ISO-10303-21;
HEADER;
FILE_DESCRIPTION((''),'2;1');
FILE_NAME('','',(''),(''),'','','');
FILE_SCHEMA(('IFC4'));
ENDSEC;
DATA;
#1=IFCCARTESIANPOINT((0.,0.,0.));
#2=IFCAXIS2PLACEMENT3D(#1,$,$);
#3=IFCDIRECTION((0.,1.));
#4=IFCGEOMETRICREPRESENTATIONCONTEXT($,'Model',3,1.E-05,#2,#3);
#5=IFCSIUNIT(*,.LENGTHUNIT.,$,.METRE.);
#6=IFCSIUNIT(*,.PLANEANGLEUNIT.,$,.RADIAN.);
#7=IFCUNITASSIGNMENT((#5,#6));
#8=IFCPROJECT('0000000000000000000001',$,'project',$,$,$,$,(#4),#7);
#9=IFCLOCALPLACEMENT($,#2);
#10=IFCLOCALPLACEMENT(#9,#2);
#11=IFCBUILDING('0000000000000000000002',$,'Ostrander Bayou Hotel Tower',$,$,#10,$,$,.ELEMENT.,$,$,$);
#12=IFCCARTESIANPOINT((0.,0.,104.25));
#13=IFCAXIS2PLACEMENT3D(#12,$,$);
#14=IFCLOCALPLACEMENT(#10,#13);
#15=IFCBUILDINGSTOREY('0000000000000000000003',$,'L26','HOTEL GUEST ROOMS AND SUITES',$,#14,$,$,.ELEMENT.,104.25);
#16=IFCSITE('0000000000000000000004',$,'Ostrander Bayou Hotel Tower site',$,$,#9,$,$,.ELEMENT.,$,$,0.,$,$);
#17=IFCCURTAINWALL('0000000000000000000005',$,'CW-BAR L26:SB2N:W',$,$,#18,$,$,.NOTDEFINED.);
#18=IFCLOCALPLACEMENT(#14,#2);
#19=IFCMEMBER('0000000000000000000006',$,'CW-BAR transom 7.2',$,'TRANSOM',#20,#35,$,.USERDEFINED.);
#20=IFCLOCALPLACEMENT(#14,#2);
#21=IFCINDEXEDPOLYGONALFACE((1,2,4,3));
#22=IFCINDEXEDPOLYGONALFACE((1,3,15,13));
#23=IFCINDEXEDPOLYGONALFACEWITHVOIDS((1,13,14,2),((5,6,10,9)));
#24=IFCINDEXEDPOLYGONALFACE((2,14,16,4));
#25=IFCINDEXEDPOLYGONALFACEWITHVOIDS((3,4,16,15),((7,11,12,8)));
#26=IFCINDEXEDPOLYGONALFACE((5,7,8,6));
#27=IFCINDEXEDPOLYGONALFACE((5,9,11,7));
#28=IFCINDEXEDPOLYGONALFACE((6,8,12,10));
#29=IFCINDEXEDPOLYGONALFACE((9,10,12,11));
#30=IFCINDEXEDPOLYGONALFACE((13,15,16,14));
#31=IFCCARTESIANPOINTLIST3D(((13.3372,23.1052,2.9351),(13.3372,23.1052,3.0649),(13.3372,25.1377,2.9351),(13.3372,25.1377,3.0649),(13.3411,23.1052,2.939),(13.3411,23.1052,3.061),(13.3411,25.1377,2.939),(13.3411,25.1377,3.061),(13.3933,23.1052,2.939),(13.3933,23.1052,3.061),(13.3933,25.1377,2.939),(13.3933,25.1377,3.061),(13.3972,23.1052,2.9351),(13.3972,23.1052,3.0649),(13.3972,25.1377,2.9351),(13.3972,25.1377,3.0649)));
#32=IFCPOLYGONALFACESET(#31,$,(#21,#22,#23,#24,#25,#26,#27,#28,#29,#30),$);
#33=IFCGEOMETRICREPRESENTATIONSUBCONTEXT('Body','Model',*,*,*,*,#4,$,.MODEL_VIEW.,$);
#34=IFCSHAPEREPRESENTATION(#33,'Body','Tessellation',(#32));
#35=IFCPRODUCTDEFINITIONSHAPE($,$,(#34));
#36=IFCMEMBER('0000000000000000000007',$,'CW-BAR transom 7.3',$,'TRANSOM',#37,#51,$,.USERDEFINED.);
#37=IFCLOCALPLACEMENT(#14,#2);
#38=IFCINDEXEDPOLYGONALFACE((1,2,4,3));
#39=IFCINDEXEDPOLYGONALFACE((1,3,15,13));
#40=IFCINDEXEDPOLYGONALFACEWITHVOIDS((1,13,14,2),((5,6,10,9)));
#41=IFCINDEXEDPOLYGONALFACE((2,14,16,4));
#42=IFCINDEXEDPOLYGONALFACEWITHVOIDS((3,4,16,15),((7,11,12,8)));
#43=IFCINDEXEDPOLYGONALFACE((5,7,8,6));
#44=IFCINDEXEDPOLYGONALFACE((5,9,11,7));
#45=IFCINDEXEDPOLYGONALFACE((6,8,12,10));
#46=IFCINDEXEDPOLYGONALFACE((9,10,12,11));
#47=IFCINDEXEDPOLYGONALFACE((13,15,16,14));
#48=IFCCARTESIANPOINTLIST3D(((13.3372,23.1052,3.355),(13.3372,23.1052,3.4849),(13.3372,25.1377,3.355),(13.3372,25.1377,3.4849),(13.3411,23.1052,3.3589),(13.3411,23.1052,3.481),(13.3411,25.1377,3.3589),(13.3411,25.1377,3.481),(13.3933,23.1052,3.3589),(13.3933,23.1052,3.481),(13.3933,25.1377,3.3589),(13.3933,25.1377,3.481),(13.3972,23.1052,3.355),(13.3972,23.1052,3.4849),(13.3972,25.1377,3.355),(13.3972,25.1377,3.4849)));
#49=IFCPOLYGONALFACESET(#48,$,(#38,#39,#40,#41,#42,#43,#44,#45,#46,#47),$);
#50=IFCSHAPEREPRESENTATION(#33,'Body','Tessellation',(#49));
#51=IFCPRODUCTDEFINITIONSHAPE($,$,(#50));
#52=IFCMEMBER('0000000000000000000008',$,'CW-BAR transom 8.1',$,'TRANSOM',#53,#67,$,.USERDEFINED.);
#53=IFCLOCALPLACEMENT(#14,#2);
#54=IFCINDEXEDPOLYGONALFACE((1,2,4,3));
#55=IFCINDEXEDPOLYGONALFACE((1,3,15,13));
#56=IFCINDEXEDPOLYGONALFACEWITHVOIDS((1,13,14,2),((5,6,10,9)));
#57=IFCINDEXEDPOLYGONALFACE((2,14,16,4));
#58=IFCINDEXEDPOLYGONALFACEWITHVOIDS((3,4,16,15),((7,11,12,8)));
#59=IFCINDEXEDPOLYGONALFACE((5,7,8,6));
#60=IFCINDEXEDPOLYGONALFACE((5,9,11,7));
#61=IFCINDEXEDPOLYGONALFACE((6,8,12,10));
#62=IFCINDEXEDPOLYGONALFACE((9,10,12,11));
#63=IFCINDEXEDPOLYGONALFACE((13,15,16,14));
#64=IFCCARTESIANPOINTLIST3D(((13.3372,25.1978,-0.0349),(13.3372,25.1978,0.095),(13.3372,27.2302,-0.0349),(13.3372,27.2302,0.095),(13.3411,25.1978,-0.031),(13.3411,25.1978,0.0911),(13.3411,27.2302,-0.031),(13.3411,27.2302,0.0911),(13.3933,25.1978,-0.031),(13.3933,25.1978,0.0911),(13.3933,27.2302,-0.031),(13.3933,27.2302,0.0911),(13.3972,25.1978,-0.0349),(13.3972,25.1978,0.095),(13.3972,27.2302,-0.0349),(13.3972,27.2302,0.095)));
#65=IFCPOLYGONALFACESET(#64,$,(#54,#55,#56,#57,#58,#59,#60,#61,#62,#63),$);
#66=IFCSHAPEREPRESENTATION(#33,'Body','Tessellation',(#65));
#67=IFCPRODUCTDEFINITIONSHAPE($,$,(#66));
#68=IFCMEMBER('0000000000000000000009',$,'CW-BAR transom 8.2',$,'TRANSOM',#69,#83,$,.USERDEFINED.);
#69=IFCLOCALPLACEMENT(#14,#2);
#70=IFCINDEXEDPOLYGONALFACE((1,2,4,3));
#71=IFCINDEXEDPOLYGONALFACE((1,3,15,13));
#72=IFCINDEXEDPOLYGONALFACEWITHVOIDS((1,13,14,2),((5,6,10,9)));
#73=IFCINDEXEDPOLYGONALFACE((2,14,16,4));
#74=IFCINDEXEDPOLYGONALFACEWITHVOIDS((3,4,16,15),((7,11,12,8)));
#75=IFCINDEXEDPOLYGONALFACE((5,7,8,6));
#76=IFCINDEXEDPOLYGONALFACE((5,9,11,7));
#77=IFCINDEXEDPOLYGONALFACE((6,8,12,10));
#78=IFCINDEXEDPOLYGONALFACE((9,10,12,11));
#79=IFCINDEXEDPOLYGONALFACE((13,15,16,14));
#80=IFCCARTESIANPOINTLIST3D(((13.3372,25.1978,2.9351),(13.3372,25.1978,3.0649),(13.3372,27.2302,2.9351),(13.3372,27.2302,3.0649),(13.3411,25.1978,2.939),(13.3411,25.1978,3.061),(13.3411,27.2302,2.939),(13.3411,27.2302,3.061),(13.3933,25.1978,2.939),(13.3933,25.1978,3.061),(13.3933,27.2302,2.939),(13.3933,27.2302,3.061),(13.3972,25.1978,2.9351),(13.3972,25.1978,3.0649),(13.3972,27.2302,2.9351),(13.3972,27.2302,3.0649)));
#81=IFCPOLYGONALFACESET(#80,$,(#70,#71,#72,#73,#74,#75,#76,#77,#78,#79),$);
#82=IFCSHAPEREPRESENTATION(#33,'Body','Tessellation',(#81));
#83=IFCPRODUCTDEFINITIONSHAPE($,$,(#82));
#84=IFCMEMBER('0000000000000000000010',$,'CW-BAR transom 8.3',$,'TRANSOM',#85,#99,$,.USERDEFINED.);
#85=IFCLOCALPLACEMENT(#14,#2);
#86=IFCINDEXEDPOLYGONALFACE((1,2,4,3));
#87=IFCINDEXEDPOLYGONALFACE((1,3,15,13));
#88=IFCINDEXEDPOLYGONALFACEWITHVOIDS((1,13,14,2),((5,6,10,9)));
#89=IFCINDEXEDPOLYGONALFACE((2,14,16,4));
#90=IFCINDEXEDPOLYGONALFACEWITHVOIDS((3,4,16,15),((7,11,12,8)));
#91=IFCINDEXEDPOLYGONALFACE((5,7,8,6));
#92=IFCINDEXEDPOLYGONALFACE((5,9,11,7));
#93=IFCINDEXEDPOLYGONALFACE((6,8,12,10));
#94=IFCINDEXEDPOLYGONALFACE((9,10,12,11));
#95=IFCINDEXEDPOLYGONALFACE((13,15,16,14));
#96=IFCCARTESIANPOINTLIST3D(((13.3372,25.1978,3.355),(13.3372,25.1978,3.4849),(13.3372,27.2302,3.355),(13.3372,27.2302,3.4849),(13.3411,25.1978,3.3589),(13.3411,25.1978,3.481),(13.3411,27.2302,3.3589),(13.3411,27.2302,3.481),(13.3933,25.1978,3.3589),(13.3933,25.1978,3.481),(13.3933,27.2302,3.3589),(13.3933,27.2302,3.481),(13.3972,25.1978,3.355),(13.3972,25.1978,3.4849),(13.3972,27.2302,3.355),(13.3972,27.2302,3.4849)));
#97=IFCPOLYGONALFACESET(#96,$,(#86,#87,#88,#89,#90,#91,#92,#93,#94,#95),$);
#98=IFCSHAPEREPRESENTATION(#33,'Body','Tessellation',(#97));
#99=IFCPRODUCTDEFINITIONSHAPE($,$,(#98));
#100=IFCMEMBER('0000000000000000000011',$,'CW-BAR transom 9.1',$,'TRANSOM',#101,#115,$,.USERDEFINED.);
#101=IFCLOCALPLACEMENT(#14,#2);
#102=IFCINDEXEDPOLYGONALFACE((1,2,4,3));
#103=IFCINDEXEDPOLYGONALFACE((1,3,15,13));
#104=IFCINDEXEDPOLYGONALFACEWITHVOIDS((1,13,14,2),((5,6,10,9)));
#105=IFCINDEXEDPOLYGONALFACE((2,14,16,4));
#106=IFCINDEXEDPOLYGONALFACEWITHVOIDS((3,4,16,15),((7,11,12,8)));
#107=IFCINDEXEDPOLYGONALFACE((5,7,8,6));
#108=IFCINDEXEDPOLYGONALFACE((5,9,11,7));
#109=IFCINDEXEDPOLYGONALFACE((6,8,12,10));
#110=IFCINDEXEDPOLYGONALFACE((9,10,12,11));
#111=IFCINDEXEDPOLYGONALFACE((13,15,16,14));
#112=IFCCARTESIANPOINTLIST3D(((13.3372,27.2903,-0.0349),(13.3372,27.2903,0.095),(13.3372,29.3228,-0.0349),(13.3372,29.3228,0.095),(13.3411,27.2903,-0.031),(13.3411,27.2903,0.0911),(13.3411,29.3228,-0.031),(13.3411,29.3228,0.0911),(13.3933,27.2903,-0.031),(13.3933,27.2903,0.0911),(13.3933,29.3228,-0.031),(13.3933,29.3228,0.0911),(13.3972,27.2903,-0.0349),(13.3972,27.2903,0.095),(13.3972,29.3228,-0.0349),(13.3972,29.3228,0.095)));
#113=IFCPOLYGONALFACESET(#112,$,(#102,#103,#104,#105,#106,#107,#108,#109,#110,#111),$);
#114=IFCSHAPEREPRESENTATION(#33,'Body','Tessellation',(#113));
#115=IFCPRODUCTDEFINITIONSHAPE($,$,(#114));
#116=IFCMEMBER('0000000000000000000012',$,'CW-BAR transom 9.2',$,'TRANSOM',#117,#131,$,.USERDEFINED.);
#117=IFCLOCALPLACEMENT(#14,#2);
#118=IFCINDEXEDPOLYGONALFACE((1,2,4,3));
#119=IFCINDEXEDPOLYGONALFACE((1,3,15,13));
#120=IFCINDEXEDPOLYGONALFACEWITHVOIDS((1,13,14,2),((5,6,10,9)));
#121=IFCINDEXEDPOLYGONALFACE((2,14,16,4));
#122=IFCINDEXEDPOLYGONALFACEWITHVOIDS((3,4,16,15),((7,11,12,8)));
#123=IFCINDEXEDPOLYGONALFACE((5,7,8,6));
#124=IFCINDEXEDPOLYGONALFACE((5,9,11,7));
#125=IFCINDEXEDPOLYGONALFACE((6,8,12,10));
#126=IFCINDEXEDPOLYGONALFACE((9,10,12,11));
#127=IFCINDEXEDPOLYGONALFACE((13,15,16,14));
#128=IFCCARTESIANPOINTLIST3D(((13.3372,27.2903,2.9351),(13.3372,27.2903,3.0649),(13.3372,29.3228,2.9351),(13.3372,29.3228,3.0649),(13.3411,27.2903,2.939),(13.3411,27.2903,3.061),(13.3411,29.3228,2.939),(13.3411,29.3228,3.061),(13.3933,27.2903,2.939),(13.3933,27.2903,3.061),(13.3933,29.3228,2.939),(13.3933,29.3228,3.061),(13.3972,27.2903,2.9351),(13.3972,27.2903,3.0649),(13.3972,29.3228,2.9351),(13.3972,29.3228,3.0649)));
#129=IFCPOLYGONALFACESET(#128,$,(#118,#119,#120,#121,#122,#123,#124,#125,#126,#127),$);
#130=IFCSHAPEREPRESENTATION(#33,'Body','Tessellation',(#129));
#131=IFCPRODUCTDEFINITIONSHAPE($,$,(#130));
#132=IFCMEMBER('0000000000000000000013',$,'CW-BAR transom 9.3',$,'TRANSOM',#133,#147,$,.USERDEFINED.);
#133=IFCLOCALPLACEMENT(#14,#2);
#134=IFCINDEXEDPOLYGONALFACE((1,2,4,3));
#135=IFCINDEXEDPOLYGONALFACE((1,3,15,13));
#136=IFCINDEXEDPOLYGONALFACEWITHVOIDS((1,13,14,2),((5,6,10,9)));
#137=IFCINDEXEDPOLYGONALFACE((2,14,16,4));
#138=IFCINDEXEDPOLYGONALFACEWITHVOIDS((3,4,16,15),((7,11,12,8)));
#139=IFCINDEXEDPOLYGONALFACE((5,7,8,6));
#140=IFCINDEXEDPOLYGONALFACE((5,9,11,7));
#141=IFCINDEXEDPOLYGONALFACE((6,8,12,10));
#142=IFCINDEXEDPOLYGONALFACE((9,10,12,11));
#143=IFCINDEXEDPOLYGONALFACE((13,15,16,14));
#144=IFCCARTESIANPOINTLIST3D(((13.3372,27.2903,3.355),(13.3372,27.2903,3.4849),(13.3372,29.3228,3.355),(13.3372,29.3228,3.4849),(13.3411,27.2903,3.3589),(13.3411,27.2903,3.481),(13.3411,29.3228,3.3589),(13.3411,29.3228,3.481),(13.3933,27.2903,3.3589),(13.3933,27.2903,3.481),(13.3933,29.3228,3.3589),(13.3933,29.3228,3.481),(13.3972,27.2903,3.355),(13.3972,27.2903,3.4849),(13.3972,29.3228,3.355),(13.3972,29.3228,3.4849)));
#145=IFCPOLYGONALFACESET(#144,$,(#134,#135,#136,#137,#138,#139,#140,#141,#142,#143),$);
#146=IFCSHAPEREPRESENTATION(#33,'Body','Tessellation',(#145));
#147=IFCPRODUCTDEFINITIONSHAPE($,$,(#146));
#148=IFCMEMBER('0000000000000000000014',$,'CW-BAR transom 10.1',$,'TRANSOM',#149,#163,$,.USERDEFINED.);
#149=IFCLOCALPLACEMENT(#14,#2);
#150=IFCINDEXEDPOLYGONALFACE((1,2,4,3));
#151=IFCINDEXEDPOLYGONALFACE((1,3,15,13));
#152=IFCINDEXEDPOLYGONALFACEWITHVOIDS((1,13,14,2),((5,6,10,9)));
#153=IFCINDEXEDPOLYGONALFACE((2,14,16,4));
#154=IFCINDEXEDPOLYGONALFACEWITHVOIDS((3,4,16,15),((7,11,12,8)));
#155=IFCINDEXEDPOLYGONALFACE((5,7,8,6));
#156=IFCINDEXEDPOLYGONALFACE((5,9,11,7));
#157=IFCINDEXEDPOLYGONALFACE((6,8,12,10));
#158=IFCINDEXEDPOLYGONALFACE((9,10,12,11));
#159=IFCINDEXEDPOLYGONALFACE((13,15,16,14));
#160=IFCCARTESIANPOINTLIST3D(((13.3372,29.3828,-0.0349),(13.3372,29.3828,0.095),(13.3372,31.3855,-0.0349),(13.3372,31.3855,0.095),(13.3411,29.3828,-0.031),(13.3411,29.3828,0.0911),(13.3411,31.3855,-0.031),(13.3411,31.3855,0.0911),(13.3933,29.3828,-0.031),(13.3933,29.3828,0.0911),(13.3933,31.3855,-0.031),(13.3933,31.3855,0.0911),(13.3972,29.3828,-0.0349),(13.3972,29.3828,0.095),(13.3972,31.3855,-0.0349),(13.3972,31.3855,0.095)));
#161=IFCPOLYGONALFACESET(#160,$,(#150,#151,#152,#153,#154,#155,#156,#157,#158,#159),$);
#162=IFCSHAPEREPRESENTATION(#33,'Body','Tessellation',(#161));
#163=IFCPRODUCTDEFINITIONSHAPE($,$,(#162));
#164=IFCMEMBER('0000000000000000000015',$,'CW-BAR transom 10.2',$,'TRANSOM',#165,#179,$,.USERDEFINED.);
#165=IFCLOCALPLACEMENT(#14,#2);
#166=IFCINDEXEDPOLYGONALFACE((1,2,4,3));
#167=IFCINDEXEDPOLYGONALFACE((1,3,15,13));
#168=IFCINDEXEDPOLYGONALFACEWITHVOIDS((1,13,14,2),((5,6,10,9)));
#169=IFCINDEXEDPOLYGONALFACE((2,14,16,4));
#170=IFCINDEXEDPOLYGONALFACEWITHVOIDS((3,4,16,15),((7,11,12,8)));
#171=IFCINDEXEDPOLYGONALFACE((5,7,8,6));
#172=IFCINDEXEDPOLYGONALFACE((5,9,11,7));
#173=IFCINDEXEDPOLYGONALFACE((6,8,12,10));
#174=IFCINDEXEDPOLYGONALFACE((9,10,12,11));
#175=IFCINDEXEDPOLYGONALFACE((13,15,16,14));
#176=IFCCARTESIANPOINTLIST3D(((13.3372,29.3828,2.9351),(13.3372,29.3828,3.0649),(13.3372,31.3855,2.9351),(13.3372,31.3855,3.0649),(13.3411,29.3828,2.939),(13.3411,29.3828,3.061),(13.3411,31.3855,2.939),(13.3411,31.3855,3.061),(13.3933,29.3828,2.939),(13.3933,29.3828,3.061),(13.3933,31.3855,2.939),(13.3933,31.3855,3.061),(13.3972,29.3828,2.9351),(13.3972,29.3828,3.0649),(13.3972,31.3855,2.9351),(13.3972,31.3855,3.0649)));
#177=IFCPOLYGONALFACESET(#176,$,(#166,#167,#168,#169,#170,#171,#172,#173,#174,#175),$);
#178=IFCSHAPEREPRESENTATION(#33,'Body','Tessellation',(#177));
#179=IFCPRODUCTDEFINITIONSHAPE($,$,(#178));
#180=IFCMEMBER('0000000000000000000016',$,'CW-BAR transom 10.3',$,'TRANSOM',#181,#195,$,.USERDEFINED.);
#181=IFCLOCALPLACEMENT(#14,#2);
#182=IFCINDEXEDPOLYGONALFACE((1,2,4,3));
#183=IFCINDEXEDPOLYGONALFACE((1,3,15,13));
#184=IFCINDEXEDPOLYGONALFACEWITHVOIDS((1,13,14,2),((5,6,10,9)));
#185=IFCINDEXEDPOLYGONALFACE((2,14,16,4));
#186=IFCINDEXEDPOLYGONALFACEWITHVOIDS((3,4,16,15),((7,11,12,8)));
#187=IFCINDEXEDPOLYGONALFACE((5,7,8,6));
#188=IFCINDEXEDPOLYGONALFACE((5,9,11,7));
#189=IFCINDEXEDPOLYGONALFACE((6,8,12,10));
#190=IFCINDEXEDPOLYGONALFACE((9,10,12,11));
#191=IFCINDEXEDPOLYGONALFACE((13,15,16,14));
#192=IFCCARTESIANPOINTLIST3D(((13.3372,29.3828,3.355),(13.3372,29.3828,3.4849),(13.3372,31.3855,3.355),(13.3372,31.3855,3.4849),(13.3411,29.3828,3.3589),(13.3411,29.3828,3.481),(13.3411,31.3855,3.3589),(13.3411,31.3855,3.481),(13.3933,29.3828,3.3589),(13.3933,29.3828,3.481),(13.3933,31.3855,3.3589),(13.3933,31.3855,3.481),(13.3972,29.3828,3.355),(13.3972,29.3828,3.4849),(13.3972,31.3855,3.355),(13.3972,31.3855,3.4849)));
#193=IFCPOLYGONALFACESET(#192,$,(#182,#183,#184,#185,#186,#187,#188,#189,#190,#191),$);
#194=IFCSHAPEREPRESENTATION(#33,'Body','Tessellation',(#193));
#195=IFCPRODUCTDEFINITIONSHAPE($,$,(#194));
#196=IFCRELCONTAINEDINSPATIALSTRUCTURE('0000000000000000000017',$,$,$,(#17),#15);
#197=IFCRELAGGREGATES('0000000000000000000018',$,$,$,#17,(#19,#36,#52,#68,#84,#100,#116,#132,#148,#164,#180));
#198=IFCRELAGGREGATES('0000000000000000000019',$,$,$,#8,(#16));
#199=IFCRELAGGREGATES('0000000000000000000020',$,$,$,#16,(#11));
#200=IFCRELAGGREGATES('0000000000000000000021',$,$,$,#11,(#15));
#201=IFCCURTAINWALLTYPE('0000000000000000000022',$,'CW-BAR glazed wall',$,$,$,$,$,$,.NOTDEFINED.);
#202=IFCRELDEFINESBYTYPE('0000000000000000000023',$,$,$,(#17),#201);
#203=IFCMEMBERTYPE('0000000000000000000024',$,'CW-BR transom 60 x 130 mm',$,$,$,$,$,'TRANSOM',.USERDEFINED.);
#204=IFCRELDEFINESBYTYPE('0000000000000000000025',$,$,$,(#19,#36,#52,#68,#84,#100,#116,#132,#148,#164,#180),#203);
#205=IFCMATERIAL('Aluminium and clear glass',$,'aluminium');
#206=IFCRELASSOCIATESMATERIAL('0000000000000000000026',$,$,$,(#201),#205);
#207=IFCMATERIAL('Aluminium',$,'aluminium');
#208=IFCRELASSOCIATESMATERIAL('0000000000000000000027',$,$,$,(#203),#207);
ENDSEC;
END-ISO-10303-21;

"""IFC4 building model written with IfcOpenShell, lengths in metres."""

from ifc_helpers import new_model, si_unit, direction, frame, origin, origin_2d, place, context, subcontext, project, spatial, hollow_rectangle, extrude, material, material_profile, profile_set, type_object, element, aggregate, save


model = new_model("IFC4")

# Units and contexts
model_context = context("Model", 3, precision=1e-05, world=origin(), true_north=direction((0.0, 1.0)))
body_context = subcontext(model_context, "Body", "Model", "MODEL_VIEW")
ifc_project = project(units=[si_unit("LENGTHUNIT", "METRE"), si_unit("PLANEANGLEUNIT", "RADIAN")], contexts=[model_context])

# Site, building, storey
site_placement = place(None, origin())
site = spatial("IfcSite", under=ifc_project, at=site_placement, Name="Ostrander Bayou Hotel Tower site", CompositionType="ELEMENT", RefElevation=0.0)
building_placement = place(site_placement, origin())
building = spatial("IfcBuilding", under=site, at=building_placement, Name="Ostrander Bayou Hotel Tower", CompositionType="ELEMENT")
storey_placement = place(building_placement, frame((0.0, 0.0, 104.25)))
storey = spatial("IfcBuildingStorey", under=building, at=storey_placement, Name="L26", Description="HOTEL GUEST ROOMS AND SUITES", CompositionType="ELEMENT", Elevation=104.25)

# Shared definitions
ifc_material_1 = material(Name="Aluminium and clear glass", Category="aluminium")
curtain_wall_type = type_object("IfcCurtainWallType", Name="CW-BAR glazed wall", PredefinedType="NOTDEFINED", material=ifc_material_1)

# Curtain wall, members
curtain_wall_1_placement = place(storey_placement, origin())
curtain_wall_1 = element("IfcCurtainWall", 1, at=curtain_wall_1_placement, inside=storey, type_object=curtain_wall_type, Name="CW-BAR L26:SB2N:W", PredefinedType="NOTDEFINED")
ifc_material_2 = material(Name="Aluminium", Category="aluminium")
ifc_material_profile_1 = material_profile(ifc_material_2, hollow_rectangle(XDim=0.0601, YDim=0.1299, WallThickness=0.0039, at=origin_2d()))
ifc_profile_set_1 = profile_set([ifc_material_profile_1], Name="Aluminium")
member_type_1 = type_object("IfcMemberType", Name="CW-BR transom 60 x 130 mm", ElementType="TRANSOM", PredefinedType="USERDEFINED", material=ifc_profile_set_1)
member_1_placement = place(storey_placement, frame((13.3672, 23.1052, 3.0), z_axis=(0.0, 1.0, 0.0), x_axis=(-1.0, 0.0, 0.0)))
member_1 = element("IfcMember", 2, at=member_1_placement, type_object=member_type_1, Name="CW-BAR transom 7.2", ObjectType="TRANSOM", PredefinedType="USERDEFINED", context=body_context, shape_type="SweptSolid", body=[
    extrude(hollow_rectangle(XDim=0.0601, YDim=0.1299, WallThickness=0.0039, at=origin_2d()), origin(), (0.0, 0.0, 1.0), 2.0325),
])
member_2_placement = place(storey_placement, frame((13.3672, 23.1052, 3.4199), z_axis=(0.0, 1.0, 0.0), x_axis=(-1.0, 0.0, 0.0)))
member_2 = element("IfcMember", 3, at=member_2_placement, type_object=member_type_1, Name="CW-BAR transom 7.3", ObjectType="TRANSOM", PredefinedType="USERDEFINED", context=body_context, shape_type="SweptSolid", body=[
    extrude(hollow_rectangle(XDim=0.0601, YDim=0.1299, WallThickness=0.0039, at=origin_2d()), origin(), (0.0, 0.0, 1.0), 2.0325),
])
member_3_placement = place(storey_placement, frame((13.3672, 25.1978, 0.03), z_axis=(0.0, 1.0, 0.0), x_axis=(-1.0, 0.0, 0.0)))
member_3 = element("IfcMember", 4, at=member_3_placement, type_object=member_type_1, Name="CW-BAR transom 8.1", ObjectType="TRANSOM", PredefinedType="USERDEFINED", context=body_context, shape_type="SweptSolid", body=[
    extrude(hollow_rectangle(XDim=0.0601, YDim=0.1299, WallThickness=0.0039, at=origin_2d()), origin(), (0.0, 0.0, 1.0), 2.0325),
])
member_4_placement = place(storey_placement, frame((13.3672, 25.1978, 3.0), z_axis=(0.0, 1.0, 0.0), x_axis=(-1.0, 0.0, 0.0)))
member_4 = element("IfcMember", 5, at=member_4_placement, type_object=member_type_1, Name="CW-BAR transom 8.2", ObjectType="TRANSOM", PredefinedType="USERDEFINED", context=body_context, shape_type="SweptSolid", body=[
    extrude(hollow_rectangle(XDim=0.0601, YDim=0.1299, WallThickness=0.0039, at=origin_2d()), origin(), (0.0, 0.0, 1.0), 2.0325),
])
member_5_placement = place(storey_placement, frame((13.3672, 25.1978, 3.4199), z_axis=(0.0, 1.0, 0.0), x_axis=(-1.0, 0.0, 0.0)))
member_5 = element("IfcMember", 6, at=member_5_placement, type_object=member_type_1, Name="CW-BAR transom 8.3", ObjectType="TRANSOM", PredefinedType="USERDEFINED", context=body_context, shape_type="SweptSolid", body=[
    extrude(hollow_rectangle(XDim=0.0601, YDim=0.1299, WallThickness=0.0039, at=origin_2d()), origin(), (0.0, 0.0, 1.0), 2.0325),
])
member_6_placement = place(storey_placement, frame((13.3672, 27.2903, 0.03), z_axis=(0.0, 1.0, 0.0), x_axis=(-1.0, 0.0, 0.0)))
member_6 = element("IfcMember", 7, at=member_6_placement, type_object=member_type_1, Name="CW-BAR transom 9.1", ObjectType="TRANSOM", PredefinedType="USERDEFINED", context=body_context, shape_type="SweptSolid", body=[
    extrude(hollow_rectangle(XDim=0.0601, YDim=0.1299, WallThickness=0.0039, at=origin_2d()), origin(), (0.0, 0.0, 1.0), 2.0325),
])
member_7_placement = place(storey_placement, frame((13.3672, 27.2903, 3.0), z_axis=(0.0, 1.0, 0.0), x_axis=(-1.0, 0.0, 0.0)))
member_7 = element("IfcMember", 8, at=member_7_placement, type_object=member_type_1, Name="CW-BAR transom 9.2", ObjectType="TRANSOM", PredefinedType="USERDEFINED", context=body_context, shape_type="SweptSolid", body=[
    extrude(hollow_rectangle(XDim=0.0601, YDim=0.1299, WallThickness=0.0039, at=origin_2d()), origin(), (0.0, 0.0, 1.0), 2.0325),
])
member_8_placement = place(storey_placement, frame((13.3672, 27.2903, 3.4199), z_axis=(0.0, 1.0, 0.0), x_axis=(-1.0, 0.0, 0.0)))
member_8 = element("IfcMember", 9, at=member_8_placement, type_object=member_type_1, Name="CW-BAR transom 9.3", ObjectType="TRANSOM", PredefinedType="USERDEFINED", context=body_context, shape_type="SweptSolid", body=[
    extrude(hollow_rectangle(XDim=0.0601, YDim=0.1299, WallThickness=0.0039, at=origin_2d()), origin(), (0.0, 0.0, 1.0), 2.0325),
])
member_9_placement = place(storey_placement, frame((13.3672, 29.3828, 0.03), z_axis=(0.0, 1.0, 0.0), x_axis=(-1.0, 0.0, 0.0)))
member_9 = element("IfcMember", 10, at=member_9_placement, type_object=member_type_1, Name="CW-BAR transom 10.1", ObjectType="TRANSOM", PredefinedType="USERDEFINED", context=body_context, shape_type="SweptSolid", body=[
    extrude(hollow_rectangle(XDim=0.0601, YDim=0.1299, WallThickness=0.0039, at=origin_2d()), origin(), (0.0, 0.0, 1.0), 2.0027),
])
member_10_placement = place(storey_placement, frame((13.3672, 29.3828, 3.0), z_axis=(0.0, 1.0, 0.0), x_axis=(-1.0, 0.0, 0.0)))
member_10 = element("IfcMember", 11, at=member_10_placement, type_object=member_type_1, Name="CW-BAR transom 10.2", ObjectType="TRANSOM", PredefinedType="USERDEFINED", context=body_context, shape_type="SweptSolid", body=[
    extrude(hollow_rectangle(XDim=0.0601, YDim=0.1299, WallThickness=0.0039, at=origin_2d()), origin(), (0.0, 0.0, 1.0), 2.0027),
])
member_11_placement = place(storey_placement, frame((13.3672, 29.3828, 3.4199), z_axis=(0.0, 1.0, 0.0), x_axis=(-1.0, 0.0, 0.0)))
member_11 = element("IfcMember", 12, at=member_11_placement, type_object=member_type_1, Name="CW-BAR transom 10.3", ObjectType="TRANSOM", PredefinedType="USERDEFINED", context=body_context, shape_type="SweptSolid", body=[
    extrude(hollow_rectangle(XDim=0.0601, YDim=0.1299, WallThickness=0.0039, at=origin_2d()), origin(), (0.0, 0.0, 1.0), 2.0027),
])

aggregate(curtain_wall_1, [member_1, member_2, member_3, member_4, member_5, member_6, member_7, member_8, member_9, member_10, member_11])

save(model, "model.ifc")
